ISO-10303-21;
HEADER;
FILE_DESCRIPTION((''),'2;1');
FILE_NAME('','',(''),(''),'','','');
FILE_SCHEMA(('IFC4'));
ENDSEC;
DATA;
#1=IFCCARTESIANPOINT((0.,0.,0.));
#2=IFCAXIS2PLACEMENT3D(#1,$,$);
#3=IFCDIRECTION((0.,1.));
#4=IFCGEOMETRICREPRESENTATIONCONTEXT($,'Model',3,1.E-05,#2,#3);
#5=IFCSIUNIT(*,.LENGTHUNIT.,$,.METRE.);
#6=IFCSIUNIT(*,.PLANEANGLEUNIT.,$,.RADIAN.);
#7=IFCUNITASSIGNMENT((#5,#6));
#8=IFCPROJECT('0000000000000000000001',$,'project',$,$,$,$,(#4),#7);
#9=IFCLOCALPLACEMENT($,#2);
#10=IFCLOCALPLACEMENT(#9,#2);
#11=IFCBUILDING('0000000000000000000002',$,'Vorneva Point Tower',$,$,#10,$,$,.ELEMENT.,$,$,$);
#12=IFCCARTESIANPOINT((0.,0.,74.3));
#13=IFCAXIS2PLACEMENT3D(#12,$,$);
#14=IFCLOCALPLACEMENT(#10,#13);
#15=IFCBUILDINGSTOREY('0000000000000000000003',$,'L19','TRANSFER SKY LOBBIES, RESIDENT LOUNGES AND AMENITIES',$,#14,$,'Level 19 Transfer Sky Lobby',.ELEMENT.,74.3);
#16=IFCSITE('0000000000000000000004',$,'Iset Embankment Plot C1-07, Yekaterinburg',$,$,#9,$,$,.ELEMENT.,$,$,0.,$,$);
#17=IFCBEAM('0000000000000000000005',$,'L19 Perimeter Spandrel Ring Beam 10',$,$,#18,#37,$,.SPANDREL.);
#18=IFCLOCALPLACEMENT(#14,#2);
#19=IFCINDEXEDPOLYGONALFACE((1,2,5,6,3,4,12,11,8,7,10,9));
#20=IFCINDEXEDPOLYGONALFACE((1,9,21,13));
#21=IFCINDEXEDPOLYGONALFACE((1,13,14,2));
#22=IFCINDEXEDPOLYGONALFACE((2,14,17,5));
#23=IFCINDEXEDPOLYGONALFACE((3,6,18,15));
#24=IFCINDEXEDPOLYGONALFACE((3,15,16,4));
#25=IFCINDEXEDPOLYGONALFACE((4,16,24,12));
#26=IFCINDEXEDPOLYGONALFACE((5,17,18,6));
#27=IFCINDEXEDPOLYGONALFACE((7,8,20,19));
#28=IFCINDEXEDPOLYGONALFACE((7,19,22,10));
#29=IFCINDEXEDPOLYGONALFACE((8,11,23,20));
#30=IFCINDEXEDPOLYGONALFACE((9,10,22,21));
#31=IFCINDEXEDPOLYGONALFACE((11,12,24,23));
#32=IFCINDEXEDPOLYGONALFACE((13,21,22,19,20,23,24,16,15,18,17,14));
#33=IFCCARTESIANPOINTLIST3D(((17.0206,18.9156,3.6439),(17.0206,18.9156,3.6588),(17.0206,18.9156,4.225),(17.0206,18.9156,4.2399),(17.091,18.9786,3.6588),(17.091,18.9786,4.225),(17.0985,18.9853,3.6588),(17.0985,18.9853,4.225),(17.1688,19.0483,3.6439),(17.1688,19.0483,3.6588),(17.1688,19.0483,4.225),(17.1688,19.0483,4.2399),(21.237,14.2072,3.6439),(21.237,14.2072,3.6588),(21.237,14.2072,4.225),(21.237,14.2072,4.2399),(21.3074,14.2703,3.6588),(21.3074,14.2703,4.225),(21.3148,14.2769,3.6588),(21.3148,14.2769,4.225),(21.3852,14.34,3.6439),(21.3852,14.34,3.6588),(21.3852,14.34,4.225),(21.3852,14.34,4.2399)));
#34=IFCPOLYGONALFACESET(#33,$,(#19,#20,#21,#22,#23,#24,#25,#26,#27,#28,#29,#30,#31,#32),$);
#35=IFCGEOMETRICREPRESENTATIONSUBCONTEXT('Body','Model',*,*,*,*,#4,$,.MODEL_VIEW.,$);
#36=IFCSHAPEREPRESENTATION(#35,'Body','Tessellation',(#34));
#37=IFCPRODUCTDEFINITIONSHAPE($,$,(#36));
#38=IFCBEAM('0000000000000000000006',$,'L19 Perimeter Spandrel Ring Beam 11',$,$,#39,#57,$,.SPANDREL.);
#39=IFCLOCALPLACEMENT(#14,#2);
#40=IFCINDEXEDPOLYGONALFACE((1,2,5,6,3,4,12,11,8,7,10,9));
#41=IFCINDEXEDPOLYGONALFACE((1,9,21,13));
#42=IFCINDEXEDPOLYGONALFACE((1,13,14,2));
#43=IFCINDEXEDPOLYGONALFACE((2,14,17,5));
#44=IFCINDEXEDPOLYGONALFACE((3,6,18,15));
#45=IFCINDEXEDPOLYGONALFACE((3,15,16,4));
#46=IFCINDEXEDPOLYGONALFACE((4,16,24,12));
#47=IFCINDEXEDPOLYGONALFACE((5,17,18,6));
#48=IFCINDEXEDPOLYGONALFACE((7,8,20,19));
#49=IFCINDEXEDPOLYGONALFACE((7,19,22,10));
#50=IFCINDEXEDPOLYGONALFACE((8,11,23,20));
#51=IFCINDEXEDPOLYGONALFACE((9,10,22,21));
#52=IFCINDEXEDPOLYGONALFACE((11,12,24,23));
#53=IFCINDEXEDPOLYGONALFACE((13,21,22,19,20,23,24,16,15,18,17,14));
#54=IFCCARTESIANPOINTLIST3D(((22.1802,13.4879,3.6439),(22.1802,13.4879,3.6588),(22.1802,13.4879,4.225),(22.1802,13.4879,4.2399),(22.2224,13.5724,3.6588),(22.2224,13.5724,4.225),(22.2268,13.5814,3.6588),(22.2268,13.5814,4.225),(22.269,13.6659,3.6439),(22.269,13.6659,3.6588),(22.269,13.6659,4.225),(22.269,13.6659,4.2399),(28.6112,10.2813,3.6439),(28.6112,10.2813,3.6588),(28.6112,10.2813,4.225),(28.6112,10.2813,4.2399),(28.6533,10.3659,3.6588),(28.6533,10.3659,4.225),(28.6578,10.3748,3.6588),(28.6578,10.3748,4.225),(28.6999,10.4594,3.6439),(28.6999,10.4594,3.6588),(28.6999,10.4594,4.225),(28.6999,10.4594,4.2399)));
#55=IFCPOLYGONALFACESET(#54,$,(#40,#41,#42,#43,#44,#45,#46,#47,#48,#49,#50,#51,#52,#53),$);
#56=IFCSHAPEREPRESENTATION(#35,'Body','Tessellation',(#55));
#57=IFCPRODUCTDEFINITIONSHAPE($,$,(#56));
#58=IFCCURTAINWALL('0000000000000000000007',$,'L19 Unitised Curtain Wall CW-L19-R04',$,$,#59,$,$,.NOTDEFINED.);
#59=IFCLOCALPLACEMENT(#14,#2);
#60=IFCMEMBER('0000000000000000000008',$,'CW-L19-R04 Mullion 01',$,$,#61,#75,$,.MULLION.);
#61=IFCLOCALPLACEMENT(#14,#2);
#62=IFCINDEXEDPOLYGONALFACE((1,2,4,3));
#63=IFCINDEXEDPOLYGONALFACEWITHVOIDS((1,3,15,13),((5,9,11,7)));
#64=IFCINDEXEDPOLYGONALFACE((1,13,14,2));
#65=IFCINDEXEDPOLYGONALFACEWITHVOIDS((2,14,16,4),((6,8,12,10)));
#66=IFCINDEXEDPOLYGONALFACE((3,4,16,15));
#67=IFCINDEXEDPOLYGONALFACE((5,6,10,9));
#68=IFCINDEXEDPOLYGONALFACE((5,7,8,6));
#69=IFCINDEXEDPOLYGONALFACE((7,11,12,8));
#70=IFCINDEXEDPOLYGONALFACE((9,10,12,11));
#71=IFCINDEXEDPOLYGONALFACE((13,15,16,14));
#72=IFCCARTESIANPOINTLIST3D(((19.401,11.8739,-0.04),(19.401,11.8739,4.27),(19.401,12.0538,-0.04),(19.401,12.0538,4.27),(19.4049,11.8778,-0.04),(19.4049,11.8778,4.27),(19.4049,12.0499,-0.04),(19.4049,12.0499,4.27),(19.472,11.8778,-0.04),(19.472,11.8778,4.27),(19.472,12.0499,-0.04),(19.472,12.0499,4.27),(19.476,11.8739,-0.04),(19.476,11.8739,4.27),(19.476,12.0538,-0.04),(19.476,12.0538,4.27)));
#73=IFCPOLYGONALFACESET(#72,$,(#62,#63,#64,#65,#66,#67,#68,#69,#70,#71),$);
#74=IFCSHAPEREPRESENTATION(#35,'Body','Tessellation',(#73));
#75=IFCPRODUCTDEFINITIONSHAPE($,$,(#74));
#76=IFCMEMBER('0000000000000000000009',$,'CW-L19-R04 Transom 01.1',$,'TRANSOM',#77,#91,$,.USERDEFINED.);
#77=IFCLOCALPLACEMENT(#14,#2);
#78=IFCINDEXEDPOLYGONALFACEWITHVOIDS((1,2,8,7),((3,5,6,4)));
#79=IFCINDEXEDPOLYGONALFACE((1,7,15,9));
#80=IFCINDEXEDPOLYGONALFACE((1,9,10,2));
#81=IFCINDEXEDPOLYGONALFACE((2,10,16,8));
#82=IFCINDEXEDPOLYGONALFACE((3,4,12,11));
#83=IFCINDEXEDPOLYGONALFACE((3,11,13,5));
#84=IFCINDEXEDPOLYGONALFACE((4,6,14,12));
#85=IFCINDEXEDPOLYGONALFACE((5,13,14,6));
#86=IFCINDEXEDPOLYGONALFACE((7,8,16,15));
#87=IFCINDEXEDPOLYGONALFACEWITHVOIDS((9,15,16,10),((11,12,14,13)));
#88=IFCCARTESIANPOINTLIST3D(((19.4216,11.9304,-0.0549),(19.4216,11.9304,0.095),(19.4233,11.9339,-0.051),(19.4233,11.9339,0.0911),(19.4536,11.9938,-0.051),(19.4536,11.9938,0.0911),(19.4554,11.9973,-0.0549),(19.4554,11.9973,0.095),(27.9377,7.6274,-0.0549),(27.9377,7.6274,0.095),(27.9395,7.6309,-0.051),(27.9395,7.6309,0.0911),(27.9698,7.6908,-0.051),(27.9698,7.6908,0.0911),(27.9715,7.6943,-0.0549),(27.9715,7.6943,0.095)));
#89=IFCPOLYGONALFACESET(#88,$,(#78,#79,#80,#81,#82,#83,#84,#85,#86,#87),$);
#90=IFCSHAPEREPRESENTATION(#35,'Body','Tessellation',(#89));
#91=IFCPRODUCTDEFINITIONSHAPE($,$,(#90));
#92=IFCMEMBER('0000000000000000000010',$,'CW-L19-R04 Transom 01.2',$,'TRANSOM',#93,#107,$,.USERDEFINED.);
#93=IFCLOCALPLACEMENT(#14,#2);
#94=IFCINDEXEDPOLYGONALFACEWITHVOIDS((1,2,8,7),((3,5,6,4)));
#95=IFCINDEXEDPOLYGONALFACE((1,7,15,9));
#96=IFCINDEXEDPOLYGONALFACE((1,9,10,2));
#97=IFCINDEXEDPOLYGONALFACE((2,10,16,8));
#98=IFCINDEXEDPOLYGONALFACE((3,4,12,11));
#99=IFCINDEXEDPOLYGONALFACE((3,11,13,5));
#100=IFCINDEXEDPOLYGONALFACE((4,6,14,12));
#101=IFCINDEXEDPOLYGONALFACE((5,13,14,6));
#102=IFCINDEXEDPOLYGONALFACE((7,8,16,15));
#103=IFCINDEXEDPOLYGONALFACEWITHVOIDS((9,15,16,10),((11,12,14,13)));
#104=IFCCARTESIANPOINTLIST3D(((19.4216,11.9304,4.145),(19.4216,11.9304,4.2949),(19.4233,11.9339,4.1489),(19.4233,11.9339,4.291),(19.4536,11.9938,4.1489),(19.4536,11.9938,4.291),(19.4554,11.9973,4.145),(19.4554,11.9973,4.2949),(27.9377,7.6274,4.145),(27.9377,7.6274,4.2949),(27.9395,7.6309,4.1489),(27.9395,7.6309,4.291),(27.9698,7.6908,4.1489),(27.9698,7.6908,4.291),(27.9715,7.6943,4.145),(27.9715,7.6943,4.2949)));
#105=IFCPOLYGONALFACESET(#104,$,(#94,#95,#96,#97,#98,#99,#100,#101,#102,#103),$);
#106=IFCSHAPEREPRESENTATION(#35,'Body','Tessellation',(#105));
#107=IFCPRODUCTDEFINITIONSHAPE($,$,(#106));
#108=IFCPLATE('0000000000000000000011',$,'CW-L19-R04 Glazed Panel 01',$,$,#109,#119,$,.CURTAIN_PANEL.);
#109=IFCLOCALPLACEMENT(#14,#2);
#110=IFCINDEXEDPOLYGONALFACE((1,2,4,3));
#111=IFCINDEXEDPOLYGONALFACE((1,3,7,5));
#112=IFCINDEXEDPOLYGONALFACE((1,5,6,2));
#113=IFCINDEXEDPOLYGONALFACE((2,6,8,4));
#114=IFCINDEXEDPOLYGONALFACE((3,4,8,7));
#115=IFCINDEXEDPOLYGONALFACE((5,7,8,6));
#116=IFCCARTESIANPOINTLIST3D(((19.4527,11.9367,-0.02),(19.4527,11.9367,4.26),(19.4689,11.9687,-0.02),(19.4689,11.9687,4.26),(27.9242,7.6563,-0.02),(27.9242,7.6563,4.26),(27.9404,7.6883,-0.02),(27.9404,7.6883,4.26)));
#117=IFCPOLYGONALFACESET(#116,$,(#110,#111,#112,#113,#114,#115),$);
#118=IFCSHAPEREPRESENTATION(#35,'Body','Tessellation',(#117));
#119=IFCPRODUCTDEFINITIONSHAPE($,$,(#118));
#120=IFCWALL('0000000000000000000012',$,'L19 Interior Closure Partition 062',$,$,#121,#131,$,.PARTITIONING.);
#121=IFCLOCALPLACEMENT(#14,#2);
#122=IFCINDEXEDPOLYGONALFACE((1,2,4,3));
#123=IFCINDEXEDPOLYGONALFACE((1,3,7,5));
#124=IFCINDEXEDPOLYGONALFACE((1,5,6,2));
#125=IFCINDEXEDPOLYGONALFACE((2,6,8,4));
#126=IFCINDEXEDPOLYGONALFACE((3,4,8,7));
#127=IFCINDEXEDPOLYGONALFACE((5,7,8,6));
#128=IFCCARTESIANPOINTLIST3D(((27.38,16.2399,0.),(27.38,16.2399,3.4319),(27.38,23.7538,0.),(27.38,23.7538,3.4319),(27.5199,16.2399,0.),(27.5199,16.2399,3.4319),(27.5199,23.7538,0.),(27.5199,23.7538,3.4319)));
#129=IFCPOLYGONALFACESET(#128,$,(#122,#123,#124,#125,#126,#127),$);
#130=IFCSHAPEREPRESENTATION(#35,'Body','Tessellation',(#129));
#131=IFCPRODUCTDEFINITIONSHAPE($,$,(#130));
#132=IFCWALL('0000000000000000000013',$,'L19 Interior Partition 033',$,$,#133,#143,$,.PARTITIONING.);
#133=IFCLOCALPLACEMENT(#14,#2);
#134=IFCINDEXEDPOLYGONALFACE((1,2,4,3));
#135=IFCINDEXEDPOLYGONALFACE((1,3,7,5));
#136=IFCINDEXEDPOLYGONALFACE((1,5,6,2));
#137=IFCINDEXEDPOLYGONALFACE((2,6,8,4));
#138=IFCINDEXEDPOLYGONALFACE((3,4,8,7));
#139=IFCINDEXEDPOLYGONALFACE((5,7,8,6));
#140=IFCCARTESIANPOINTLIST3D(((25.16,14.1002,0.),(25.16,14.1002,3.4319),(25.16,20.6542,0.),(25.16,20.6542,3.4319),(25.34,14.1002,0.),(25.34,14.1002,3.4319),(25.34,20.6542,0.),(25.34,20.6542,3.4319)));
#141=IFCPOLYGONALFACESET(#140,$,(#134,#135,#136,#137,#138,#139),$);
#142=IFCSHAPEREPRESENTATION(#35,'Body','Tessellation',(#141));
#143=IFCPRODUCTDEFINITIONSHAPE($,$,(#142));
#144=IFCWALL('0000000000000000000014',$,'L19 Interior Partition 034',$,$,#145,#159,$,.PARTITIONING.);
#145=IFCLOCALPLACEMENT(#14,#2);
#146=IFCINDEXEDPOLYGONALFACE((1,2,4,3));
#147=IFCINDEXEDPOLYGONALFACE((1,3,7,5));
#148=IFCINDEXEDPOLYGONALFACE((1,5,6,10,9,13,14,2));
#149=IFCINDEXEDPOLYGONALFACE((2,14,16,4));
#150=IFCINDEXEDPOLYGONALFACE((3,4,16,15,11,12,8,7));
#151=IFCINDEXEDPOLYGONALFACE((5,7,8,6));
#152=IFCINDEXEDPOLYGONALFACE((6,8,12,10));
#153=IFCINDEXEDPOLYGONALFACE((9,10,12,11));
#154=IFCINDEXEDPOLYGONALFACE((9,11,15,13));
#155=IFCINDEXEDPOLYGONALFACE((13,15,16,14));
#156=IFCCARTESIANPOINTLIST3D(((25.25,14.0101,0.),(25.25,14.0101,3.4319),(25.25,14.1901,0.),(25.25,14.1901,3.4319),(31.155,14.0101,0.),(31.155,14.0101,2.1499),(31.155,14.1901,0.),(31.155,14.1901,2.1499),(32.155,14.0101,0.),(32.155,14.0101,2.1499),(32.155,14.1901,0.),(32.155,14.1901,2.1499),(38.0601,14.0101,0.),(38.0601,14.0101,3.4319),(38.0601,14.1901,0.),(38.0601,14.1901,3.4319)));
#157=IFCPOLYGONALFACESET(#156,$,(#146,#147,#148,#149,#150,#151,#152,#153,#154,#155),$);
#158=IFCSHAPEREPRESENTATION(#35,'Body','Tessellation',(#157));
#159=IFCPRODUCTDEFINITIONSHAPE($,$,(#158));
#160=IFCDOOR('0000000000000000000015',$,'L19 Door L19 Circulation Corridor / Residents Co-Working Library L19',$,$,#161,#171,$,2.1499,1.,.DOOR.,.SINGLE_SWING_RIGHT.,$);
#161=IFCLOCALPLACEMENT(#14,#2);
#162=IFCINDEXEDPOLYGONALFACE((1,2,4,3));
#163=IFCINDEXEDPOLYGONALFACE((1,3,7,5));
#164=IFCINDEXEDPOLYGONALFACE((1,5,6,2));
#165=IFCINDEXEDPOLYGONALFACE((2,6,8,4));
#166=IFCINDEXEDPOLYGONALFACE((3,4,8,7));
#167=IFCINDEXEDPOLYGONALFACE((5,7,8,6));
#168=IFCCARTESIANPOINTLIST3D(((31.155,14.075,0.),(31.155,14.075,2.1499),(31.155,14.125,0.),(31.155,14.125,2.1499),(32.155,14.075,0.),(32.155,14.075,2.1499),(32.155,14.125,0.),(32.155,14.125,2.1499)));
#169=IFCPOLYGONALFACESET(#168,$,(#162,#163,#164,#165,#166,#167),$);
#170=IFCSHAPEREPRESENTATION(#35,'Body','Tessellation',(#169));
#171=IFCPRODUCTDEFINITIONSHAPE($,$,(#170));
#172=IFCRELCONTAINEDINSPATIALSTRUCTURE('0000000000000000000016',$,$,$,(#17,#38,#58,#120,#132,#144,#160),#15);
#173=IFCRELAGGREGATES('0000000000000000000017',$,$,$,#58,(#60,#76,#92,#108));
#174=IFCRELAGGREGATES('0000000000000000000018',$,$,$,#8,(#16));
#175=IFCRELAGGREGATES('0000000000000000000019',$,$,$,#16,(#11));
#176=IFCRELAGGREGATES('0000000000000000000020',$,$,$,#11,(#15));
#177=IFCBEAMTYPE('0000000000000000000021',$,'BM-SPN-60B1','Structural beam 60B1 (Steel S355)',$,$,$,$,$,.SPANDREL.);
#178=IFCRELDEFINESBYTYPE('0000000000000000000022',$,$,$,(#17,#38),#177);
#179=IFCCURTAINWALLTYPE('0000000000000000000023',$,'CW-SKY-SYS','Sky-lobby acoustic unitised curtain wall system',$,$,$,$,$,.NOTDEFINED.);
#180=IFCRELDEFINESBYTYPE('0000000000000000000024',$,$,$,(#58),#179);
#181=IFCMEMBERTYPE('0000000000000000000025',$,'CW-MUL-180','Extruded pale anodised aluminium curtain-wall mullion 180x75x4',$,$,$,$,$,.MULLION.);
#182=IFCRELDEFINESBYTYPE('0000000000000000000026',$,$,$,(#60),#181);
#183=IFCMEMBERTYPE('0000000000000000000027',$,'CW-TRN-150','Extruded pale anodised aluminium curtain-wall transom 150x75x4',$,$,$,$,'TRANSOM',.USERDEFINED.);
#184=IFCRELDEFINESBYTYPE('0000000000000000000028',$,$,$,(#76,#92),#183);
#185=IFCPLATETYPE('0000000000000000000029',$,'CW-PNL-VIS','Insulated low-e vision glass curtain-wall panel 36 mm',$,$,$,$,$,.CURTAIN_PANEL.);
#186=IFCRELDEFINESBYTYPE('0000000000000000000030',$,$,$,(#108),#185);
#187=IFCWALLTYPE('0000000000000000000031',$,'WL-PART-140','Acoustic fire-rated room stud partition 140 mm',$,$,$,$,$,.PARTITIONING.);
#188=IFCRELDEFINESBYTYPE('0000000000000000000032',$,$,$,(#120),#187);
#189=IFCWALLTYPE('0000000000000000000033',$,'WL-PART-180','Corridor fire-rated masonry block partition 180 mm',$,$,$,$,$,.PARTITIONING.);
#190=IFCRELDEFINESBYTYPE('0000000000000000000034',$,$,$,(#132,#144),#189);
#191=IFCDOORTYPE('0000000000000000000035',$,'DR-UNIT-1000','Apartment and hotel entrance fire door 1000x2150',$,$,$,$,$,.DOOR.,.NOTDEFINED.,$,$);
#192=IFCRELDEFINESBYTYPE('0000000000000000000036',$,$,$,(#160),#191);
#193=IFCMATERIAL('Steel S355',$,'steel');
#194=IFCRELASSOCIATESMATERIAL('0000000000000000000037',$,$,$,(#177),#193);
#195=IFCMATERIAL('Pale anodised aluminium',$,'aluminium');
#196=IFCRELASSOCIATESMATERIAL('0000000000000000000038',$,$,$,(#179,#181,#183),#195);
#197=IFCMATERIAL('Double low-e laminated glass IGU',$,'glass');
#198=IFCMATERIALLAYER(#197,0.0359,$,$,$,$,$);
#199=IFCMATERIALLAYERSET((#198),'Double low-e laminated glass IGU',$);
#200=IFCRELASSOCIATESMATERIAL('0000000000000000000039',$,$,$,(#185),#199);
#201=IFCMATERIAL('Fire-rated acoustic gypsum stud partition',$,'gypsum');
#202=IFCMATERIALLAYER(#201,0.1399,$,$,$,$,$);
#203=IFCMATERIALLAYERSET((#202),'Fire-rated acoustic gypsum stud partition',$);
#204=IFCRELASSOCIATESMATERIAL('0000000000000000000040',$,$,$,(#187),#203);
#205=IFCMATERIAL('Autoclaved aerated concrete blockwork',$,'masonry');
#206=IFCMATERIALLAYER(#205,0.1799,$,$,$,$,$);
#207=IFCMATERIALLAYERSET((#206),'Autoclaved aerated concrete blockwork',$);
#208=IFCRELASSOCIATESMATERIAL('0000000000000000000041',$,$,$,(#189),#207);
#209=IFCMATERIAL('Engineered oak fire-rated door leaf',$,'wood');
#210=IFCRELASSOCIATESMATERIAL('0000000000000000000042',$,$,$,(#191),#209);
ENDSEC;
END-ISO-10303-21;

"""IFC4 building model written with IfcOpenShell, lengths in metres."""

from ifc_helpers import new_model, si_unit, direction, frame, frame_2d, origin, origin_2d, place, context, subcontext, project, spatial, rectangle, hollow_rectangle, i_section, extrude, material, layer, layer_set, material_profile, profile_set, type_object, element, fill, aggregate, save


model = new_model("IFC4")

# Units and contexts
model_context = context("Model", 3, precision=1e-05, world=origin(), true_north=direction((0.0, 1.0)))
body_context = subcontext(model_context, "Body", "Model", "MODEL_VIEW")
ifc_project = project(units=[si_unit("LENGTHUNIT", "METRE"), si_unit("PLANEANGLEUNIT", "RADIAN")], contexts=[model_context])

# Site, building, storey
site_placement = place(None, origin())
site = spatial("IfcSite", under=ifc_project, at=site_placement, Name="Iset Embankment Plot C1-07, Yekaterinburg", CompositionType="ELEMENT", RefElevation=0.0)
building_placement = place(site_placement, origin())
building = spatial("IfcBuilding", under=site, at=building_placement, Name="Vorneva Point Tower", CompositionType="ELEMENT")
storey_placement = place(building_placement, frame((0.0, 0.0, 74.3)))
storey = spatial("IfcBuildingStorey", under=building, at=storey_placement, Name="L19", Description="TRANSFER SKY LOBBIES, RESIDENT LOUNGES AND AMENITIES", LongName="Level 19 Transfer Sky Lobby", CompositionType="ELEMENT", Elevation=74.3)

# Beams
ifc_material_1 = material(Name="Steel S355", Category="steel")
ifc_material_profile_1 = material_profile(ifc_material_1, i_section(OverallWidth=0.199, OverallDepth=0.5959, WebThickness=0.01, FlangeThickness=0.0149, at=origin_2d()), Name="60B1")
ifc_profile_set_1 = profile_set([ifc_material_profile_1], Name="Steel S355")
beam_type_1 = type_object("IfcBeamType", Name="BM-SPN-60B1", Description="Structural beam 60B1 (Steel S355)", PredefinedType="SPANDREL", material=ifc_profile_set_1)
beam_1_placement = place(storey_placement, frame((17.0947, 18.9819, 3.9419), z_axis=(0.667117, -0.744953, 0.0), x_axis=(0.744953, 0.667117, 0.0)))
element("IfcBeam", 1, at=beam_1_placement, inside=storey, type_object=beam_type_1, Name="L19 Perimeter Spandrel Ring Beam 10", PredefinedType="SPANDREL", context=body_context, shape_type="SweptSolid", body=[
    extrude(i_section(OverallWidth=0.199, OverallDepth=0.5959, WebThickness=0.01, FlangeThickness=0.0149, at=origin_2d()), origin(), (0.0, 0.0, 1.0), 6.3203),
])
beam_2_placement = place(storey_placement, frame((22.2246, 13.5769, 3.9419), z_axis=(0.894923, -0.446221, 0.0), x_axis=(0.446221, 0.894923, 0.0)))
element("IfcBeam", 2, at=beam_2_placement, inside=storey, type_object=beam_type_1, Name="L19 Perimeter Spandrel Ring Beam 11", PredefinedType="SPANDREL", context=body_context, shape_type="SweptSolid", body=[
    extrude(i_section(OverallWidth=0.199, OverallDepth=0.5959, WebThickness=0.01, FlangeThickness=0.0149, at=origin_2d()), origin(), (0.0, 0.0, 1.0), 7.186),
])

# Curtain wall, members, plate
ifc_material_2 = material(Name="Pale anodised aluminium", Category="aluminium")
curtain_wall_type = type_object("IfcCurtainWallType", Name="CW-SKY-SYS", Description="Sky-lobby acoustic unitised curtain wall system", PredefinedType="NOTDEFINED", material=ifc_material_2)
curtain_wall_placement = place(storey_placement, origin())
curtain_wall = element("IfcCurtainWall", 3, at=curtain_wall_placement, inside=storey, type_object=curtain_wall_type, Name="L19 Unitised Curtain Wall CW-L19-R04", PredefinedType="NOTDEFINED")
ifc_material_profile_2 = material_profile(ifc_material_2, hollow_rectangle(XDim=0.075, YDim=0.1799, WallThickness=0.0039, at=origin_2d()), Name="AL-MUL 180x75x4")
ifc_profile_set_2 = profile_set([ifc_material_profile_2], Name="Pale anodised aluminium")
member_type_1 = type_object("IfcMemberType", Name="CW-MUL-180", Description="Extruded pale anodised aluminium curtain-wall mullion 180x75x4", PredefinedType="MULLION", material=ifc_profile_set_2)
member_1_placement = place(storey_placement, frame((19.4385, 11.9639, -0.04), z_axis=(0.0, 0.0, 1.0), x_axis=(1.0, 0.0, 0.0)))
member_1 = element("IfcMember", 4, at=member_1_placement, type_object=member_type_1, Name="CW-L19-R04 Mullion 01", PredefinedType="MULLION", context=body_context, shape_type="SweptSolid", body=[
    extrude(hollow_rectangle(XDim=0.075, YDim=0.1799, WallThickness=0.0039, at=origin_2d()), origin(), (0.0, 0.0, 1.0), 4.3101),
])
ifc_material_profile_3 = material_profile(ifc_material_2, hollow_rectangle(XDim=0.075, YDim=0.1499, WallThickness=0.0039, at=origin_2d()), Name="AL-TRN 150x75x4")
ifc_profile_set_3 = profile_set([ifc_material_profile_3], Name="Pale anodised aluminium")
member_type_2 = type_object("IfcMemberType", Name="CW-TRN-150", Description="Extruded pale anodised aluminium curtain-wall transom 150x75x4", ElementType="TRANSOM", PredefinedType="USERDEFINED", material=ifc_profile_set_3)
member_2_placement = place(storey_placement, frame((19.4385, 11.9639, 0.02), z_axis=(0.892536, -0.450976, 0.0), x_axis=(0.450976, 0.892536, 0.0)))
member_2 = element("IfcMember", 5, at=member_2_placement, type_object=member_type_2, Name="CW-L19-R04 Transom 01.1", ObjectType="TRANSOM", PredefinedType="USERDEFINED", context=body_context, shape_type="SweptSolid", body=[
    extrude(hollow_rectangle(XDim=0.075, YDim=0.1499, WallThickness=0.0039, at=origin_2d()), origin(), (0.0, 0.0, 1.0), 9.5415),
])
member_3_placement = place(storey_placement, frame((19.4385, 11.9639, 4.22), z_axis=(0.892536, -0.450976, 0.0), x_axis=(0.450976, 0.892536, 0.0)))
member_3 = element("IfcMember", 6, at=member_3_placement, type_object=member_type_2, Name="CW-L19-R04 Transom 01.2", ObjectType="TRANSOM", PredefinedType="USERDEFINED", context=body_context, shape_type="SweptSolid", body=[
    extrude(hollow_rectangle(XDim=0.075, YDim=0.1499, WallThickness=0.0039, at=origin_2d()), origin(), (0.0, 0.0, 1.0), 9.5415),
])
ifc_material_3 = material(Name="Double low-e laminated glass IGU", Category="glass")
ifc_layer_1 = layer(ifc_material_3, 0.0359)
ifc_layer_set_1 = layer_set([ifc_layer_1], Name="Double low-e laminated glass IGU")
plate_type = type_object("IfcPlateType", Name="CW-PNL-VIS", Description="Insulated low-e vision glass curtain-wall panel 36 mm", PredefinedType="CURTAIN_PANEL", material=ifc_layer_set_1)
plate_placement = place(storey_placement, frame((23.6965, 9.8125, -0.02), z_axis=(0.0, 0.0, 1.0), x_axis=(0.892539, -0.450971, 0.0)))
plate = element("IfcPlate", 7, at=plate_placement, type_object=plate_type, Name="CW-L19-R04 Glazed Panel 01", PredefinedType="CURTAIN_PANEL", context=body_context, shape_type="SweptSolid", body=[
    extrude(rectangle(XDim=9.4915, YDim=0.0359, at=origin_2d()), origin(), (0.0, 0.0, 1.0), 4.28),
])
aggregate(curtain_wall, [member_1, member_2, member_3, plate])

# Walls
ifc_material_4 = material(Name="Fire-rated acoustic gypsum stud partition", Category="gypsum")
ifc_layer_2 = layer(ifc_material_4, 0.1399)
ifc_layer_set_2 = layer_set([ifc_layer_2], Name="Fire-rated acoustic gypsum stud partition")
wall_type_1 = type_object("IfcWallType", Name="WL-PART-140", Description="Acoustic fire-rated room stud partition 140 mm", PredefinedType="PARTITIONING", material=ifc_layer_set_2)
wall_1_placement = place(storey_placement, frame((27.45, 16.24, 0.0), z_axis=(0.0, 0.0, 1.0), x_axis=(0.0, 1.0, 0.0)))
element("IfcWall", 8, at=wall_1_placement, inside=storey, type_object=wall_type_1, Name="L19 Interior Closure Partition 062", PredefinedType="PARTITIONING", context=body_context, shape_type="SweptSolid", body=[
    extrude(rectangle(XDim=7.5139, YDim=0.1399, at=frame_2d((3.7568, 0.0))), origin(), (0.0, 0.0, 1.0), 3.4319),
])
ifc_material_5 = material(Name="Autoclaved aerated concrete blockwork", Category="masonry")
ifc_layer_3 = layer(ifc_material_5, 0.1799)
ifc_layer_set_3 = layer_set([ifc_layer_3], Name="Autoclaved aerated concrete blockwork")
wall_type_2 = type_object("IfcWallType", Name="WL-PART-180", Description="Corridor fire-rated masonry block partition 180 mm", PredefinedType="PARTITIONING", material=ifc_layer_set_3)
wall_2_placement = place(storey_placement, frame((25.25, 20.6541, 0.0), z_axis=(0.0, 0.0, 1.0), x_axis=(0.0, -1.0, 0.0)))
element("IfcWall", 9, at=wall_2_placement, inside=storey, type_object=wall_type_2, Name="L19 Interior Partition 033", PredefinedType="PARTITIONING", context=body_context, shape_type="SweptSolid", body=[
    extrude(rectangle(XDim=6.554, YDim=0.1799, at=frame_2d((3.2769, 0.0))), origin(), (0.0, 0.0, 1.0), 3.4319),
])

# Wall, opening, door
wall_3_placement = place(storey_placement, frame((25.25, 14.1001, 0.0), z_axis=(0.0, 0.0, 1.0), x_axis=(1.0, 0.0, 0.0)))
wall_3 = element("IfcWall", 10, at=wall_3_placement, inside=storey, type_object=wall_type_2, Name="L19 Interior Partition 034", PredefinedType="PARTITIONING", context=body_context, shape_type="SweptSolid", body=[
    extrude(rectangle(XDim=12.8101, YDim=0.1799, at=frame_2d((6.405, 0.0))), origin(), (0.0, 0.0, 1.0), 3.4319),
])
opening_1_placement = place(wall_3_placement, frame((5.905, 0.0, 0.0)))
opening_1 = element("IfcOpeningElement", 11, at=opening_1_placement, cuts=wall_3, PredefinedType="OPENING", context=body_context, shape_type="SweptSolid", body=[
    extrude(rectangle(XDim=1.0, YDim=2.1499, at=frame_2d((0.5, 1.075))), frame((0.0, 0.105, 0.0), z_axis=(0.0, -1.0, 0.0), x_axis=(1.0, 0.0, 0.0)), (0.0, 0.0, 1.0), 0.2097),
])
ifc_material_6 = material(Name="Engineered oak fire-rated door leaf", Category="wood")
door_type_1 = type_object("IfcDoorType", Name="DR-UNIT-1000", Description="Apartment and hotel entrance fire door 1000x2150", OperationType="NOTDEFINED", PredefinedType="DOOR", material=ifc_material_6)
door_1_placement = place(opening_1_placement, origin())
door_1 = element("IfcDoor", 12, at=door_1_placement, inside=storey, type_object=door_type_1, Name="L19 Door L19 Circulation Corridor / Residents Co-Working Library L19", OperationType="SINGLE_SWING_RIGHT", OverallHeight=2.1499, OverallWidth=1.0, PredefinedType="DOOR", context=body_context, shape_type="SweptSolid", body=[
    extrude(rectangle(XDim=1.0, YDim=2.1499, at=frame_2d((0.5, 1.075))), frame((0.0, 0.0249, 0.0), z_axis=(0.0, -1.0, 0.0), x_axis=(1.0, 0.0, 0.0)), (0.0, 0.0, 1.0), 0.05),
])
fill(opening_1, door_1)

save(model, "model.ifc")
